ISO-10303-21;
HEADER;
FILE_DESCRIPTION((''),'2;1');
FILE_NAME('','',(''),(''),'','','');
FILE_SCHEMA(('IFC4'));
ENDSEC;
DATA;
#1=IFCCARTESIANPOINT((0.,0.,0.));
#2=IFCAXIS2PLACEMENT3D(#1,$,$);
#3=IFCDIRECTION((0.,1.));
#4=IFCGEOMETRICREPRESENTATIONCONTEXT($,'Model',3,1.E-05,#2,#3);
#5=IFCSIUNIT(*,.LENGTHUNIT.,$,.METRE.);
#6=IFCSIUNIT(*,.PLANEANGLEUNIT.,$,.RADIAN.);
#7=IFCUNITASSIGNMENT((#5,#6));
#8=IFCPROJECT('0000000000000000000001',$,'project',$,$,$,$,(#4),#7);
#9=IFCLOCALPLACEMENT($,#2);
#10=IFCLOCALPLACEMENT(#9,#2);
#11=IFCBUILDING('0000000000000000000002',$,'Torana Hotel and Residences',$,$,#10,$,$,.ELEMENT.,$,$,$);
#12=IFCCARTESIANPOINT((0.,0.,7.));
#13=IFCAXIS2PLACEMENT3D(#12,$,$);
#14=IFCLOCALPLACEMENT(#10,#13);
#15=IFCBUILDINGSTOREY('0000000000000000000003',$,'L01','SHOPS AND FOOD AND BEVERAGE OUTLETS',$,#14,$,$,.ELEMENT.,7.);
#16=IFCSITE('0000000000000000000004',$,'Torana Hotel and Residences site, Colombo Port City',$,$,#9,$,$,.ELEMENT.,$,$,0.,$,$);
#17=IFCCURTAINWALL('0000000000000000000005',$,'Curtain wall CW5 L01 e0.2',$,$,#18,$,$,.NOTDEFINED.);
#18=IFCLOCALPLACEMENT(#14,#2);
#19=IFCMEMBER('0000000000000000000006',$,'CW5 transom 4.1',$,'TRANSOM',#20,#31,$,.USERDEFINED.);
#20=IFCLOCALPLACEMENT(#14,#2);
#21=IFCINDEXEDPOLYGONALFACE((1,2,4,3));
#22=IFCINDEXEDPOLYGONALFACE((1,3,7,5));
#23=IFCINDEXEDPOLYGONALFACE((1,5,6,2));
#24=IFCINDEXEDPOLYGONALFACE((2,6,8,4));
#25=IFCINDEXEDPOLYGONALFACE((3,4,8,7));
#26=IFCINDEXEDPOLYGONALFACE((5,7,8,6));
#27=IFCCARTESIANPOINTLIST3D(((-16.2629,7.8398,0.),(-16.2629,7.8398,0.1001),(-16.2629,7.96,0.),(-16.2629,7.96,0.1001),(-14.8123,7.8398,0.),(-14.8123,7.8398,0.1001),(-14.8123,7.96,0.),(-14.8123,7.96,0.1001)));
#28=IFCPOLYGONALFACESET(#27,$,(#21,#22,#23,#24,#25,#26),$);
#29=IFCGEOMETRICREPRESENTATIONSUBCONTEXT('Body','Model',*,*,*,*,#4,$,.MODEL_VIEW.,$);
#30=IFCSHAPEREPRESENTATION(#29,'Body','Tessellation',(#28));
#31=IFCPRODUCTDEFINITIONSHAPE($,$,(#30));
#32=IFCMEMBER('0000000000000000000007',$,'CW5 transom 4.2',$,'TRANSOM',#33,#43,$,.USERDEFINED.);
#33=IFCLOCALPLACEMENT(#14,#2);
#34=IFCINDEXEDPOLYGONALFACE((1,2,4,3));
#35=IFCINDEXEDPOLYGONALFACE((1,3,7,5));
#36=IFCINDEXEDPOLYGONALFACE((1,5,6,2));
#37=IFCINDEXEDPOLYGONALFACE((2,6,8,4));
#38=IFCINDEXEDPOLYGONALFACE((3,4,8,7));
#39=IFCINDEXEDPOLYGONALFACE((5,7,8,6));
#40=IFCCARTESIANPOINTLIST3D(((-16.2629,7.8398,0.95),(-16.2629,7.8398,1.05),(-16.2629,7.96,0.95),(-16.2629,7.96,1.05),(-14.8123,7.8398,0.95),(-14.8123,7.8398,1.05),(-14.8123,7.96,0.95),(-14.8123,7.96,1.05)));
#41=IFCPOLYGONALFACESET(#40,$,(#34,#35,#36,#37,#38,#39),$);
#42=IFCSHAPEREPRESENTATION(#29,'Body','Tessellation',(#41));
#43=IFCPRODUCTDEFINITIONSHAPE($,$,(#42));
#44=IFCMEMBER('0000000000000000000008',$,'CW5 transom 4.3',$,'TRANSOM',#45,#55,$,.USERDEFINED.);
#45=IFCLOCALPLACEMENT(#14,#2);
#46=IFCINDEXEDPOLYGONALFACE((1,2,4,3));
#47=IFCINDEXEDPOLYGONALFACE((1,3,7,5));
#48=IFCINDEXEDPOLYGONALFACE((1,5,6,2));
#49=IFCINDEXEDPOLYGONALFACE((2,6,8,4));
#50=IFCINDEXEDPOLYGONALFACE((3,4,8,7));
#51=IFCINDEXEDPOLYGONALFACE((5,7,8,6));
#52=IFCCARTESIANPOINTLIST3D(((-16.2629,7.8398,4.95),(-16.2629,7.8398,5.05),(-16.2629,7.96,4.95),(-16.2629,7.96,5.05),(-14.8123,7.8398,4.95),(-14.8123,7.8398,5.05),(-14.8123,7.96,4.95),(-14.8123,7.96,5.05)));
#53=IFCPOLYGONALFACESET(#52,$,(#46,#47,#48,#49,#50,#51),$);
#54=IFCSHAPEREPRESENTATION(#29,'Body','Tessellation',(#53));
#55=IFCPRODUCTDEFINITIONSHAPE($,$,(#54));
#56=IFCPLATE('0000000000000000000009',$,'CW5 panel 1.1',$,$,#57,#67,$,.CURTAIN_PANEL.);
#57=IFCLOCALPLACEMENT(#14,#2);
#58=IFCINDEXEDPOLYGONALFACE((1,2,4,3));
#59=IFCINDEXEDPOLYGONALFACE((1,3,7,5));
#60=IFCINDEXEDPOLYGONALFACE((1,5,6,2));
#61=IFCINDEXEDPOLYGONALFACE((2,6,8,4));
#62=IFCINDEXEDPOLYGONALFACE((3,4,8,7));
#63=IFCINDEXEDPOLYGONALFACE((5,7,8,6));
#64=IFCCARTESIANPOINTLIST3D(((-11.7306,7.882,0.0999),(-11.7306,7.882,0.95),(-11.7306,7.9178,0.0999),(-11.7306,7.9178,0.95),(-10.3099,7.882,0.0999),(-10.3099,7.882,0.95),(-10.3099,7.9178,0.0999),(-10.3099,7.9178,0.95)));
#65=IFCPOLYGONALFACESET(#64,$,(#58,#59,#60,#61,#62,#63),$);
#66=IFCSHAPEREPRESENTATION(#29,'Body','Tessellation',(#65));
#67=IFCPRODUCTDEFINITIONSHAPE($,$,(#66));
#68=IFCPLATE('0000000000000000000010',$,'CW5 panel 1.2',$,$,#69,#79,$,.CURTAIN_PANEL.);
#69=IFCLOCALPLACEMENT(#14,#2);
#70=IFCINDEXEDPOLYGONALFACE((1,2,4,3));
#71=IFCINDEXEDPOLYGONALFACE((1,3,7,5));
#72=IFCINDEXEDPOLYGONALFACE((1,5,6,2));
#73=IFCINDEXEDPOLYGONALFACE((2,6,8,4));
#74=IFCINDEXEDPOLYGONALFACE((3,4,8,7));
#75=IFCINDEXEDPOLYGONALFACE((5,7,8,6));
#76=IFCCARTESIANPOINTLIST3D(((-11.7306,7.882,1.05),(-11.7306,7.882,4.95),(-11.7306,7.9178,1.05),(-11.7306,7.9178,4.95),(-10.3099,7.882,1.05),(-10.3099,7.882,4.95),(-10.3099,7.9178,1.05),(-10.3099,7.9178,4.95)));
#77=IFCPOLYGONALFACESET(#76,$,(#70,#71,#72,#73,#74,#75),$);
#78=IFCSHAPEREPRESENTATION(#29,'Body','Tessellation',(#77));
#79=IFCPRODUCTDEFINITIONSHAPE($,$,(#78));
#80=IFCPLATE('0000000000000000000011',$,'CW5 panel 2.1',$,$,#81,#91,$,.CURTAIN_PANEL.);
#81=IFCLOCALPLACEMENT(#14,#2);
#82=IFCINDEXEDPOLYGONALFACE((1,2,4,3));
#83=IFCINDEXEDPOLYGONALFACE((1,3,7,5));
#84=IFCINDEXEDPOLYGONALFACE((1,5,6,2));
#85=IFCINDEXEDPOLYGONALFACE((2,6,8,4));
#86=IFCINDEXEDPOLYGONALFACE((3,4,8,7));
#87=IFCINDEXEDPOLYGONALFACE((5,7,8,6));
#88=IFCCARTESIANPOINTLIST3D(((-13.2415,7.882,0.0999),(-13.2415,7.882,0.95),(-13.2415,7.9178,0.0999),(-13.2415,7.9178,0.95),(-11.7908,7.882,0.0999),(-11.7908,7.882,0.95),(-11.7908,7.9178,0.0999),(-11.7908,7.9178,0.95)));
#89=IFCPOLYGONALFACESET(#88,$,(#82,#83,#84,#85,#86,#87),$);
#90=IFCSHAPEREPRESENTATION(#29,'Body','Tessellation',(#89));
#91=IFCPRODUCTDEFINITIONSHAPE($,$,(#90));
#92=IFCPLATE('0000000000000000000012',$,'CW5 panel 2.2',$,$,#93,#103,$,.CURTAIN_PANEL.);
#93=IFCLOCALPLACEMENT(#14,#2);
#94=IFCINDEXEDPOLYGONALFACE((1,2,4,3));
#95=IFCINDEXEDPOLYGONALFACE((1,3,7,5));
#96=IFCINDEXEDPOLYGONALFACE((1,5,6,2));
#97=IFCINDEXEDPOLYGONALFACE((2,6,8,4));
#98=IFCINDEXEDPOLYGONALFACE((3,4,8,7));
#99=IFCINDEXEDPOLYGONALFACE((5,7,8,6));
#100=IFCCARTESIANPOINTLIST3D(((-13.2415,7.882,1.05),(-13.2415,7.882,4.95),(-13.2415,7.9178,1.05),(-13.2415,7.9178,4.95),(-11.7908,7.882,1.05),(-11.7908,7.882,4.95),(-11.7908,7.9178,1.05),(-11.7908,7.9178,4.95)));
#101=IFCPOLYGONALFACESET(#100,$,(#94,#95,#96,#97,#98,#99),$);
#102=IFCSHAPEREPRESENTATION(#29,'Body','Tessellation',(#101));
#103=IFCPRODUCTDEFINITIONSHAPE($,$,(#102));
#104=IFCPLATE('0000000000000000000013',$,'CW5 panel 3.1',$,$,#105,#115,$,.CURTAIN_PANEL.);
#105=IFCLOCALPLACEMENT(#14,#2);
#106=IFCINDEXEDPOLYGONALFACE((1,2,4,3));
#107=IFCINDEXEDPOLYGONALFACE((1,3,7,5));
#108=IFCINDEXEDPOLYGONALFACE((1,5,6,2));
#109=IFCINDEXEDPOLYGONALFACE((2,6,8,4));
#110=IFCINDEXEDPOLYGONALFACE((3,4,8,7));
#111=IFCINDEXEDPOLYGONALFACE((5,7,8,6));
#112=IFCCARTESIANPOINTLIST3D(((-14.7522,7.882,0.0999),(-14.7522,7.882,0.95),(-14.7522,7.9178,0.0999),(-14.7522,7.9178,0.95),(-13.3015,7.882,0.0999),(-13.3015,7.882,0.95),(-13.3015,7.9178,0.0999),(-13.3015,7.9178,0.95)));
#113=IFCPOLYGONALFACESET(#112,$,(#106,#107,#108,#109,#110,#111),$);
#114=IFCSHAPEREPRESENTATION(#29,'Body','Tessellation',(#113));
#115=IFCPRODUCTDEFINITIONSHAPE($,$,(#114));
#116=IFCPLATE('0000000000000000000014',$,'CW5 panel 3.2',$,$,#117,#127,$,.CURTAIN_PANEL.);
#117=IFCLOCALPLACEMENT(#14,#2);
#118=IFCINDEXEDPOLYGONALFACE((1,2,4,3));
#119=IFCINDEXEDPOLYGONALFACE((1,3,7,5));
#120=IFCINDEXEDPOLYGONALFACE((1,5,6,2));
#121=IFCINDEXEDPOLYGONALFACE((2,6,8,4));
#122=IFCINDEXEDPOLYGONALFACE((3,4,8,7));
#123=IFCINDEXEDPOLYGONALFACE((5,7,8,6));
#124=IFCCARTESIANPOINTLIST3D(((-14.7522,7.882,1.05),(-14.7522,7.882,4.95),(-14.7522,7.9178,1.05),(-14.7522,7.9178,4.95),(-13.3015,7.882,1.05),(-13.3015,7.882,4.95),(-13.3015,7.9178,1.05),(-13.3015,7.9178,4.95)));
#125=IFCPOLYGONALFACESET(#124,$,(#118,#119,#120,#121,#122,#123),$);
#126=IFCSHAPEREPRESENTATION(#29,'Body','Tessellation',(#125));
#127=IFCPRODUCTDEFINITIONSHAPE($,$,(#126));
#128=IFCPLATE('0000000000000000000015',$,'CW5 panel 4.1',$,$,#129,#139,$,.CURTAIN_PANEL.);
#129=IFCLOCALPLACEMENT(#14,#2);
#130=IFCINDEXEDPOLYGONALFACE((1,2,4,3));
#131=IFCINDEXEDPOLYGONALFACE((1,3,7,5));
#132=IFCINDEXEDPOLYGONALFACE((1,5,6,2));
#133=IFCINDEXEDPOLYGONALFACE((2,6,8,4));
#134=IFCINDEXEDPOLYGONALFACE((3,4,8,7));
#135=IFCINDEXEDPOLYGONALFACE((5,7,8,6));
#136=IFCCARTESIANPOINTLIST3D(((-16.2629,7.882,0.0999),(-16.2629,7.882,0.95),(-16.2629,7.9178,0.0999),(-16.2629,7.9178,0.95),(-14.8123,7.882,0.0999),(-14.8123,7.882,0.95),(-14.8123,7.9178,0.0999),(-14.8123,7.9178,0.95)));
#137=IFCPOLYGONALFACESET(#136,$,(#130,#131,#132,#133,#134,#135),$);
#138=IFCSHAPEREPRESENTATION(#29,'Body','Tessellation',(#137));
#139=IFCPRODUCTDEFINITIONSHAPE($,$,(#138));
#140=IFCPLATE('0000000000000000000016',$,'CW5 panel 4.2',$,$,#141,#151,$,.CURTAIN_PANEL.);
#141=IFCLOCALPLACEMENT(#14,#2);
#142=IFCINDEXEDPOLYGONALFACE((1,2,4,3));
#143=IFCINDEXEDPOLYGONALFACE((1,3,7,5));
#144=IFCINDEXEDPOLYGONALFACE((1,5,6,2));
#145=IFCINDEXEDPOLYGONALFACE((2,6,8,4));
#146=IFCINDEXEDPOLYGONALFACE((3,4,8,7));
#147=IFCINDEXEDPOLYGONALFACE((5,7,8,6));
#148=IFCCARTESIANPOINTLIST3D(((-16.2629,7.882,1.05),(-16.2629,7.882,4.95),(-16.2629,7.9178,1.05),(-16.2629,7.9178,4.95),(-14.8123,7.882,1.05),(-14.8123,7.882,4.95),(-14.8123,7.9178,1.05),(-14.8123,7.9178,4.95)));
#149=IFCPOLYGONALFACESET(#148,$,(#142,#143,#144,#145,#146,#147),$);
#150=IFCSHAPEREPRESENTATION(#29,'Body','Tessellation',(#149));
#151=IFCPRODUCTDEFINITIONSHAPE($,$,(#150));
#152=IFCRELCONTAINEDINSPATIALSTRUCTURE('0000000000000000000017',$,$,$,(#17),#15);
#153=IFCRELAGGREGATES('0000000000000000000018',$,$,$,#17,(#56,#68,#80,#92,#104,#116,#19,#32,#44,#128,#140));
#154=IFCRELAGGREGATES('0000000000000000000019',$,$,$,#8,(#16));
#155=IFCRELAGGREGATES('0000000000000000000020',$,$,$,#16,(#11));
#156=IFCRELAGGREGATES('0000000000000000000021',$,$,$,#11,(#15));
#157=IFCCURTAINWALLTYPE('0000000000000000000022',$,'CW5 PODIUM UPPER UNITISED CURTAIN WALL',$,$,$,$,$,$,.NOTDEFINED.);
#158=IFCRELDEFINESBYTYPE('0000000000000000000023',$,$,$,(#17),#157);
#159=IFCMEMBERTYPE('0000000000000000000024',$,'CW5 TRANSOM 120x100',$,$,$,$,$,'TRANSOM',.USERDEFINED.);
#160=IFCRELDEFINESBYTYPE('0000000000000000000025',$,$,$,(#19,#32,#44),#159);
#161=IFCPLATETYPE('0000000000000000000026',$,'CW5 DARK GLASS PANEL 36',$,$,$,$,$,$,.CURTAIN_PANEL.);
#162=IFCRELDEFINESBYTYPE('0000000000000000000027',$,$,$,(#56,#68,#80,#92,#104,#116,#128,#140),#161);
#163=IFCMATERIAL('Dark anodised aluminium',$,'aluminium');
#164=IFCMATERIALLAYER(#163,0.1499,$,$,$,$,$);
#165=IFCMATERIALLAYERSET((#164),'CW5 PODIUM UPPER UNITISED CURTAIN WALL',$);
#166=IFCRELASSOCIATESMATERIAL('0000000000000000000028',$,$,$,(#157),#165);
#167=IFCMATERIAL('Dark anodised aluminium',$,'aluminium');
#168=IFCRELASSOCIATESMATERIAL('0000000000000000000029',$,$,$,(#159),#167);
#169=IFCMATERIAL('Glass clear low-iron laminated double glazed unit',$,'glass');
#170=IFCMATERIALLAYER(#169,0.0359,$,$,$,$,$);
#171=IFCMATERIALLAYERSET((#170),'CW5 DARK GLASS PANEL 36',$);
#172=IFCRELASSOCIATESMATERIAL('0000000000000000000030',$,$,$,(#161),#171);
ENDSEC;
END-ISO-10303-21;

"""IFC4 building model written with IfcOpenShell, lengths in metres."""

from ifc_helpers import new_model, si_unit, direction, frame, origin, origin_2d, place, context, subcontext, project, spatial, rectangle, extrude, material, layer, layer_set, material_profile, profile_set, type_object, element, aggregate, save


model = new_model("IFC4")

# Units and contexts
model_context = context("Model", 3, precision=1e-05, world=origin(), true_north=direction((0.0, 1.0)))
body_context = subcontext(model_context, "Body", "Model", "MODEL_VIEW")
ifc_project = project(units=[si_unit("LENGTHUNIT", "METRE"), si_unit("PLANEANGLEUNIT", "RADIAN")], contexts=[model_context])

# Site, building, storey
site_placement = place(None, origin())
site = spatial("IfcSite", under=ifc_project, at=site_placement, Name="Torana Hotel and Residences site, Colombo Port City", CompositionType="ELEMENT", RefElevation=0.0)
building_placement = place(site_placement, origin())
building = spatial("IfcBuilding", under=site, at=building_placement, Name="Torana Hotel and Residences", CompositionType="ELEMENT")
storey_placement = place(building_placement, frame((0.0, 0.0, 7.0)))
storey = spatial("IfcBuildingStorey", under=building, at=storey_placement, Name="L01", Description="SHOPS AND FOOD AND BEVERAGE OUTLETS", CompositionType="ELEMENT", Elevation=7.0)

# Curtain wall, members, plates
ifc_material_1 = material(Name="Dark anodised aluminium", Category="aluminium")
ifc_layer_1 = layer(ifc_material_1, 0.1499)
ifc_layer_set_1 = layer_set([ifc_layer_1], Name="CW5 PODIUM UPPER UNITISED CURTAIN WALL")
curtain_wall_type = type_object("IfcCurtainWallType", Name="CW5 PODIUM UPPER UNITISED CURTAIN WALL", PredefinedType="NOTDEFINED", material=ifc_layer_set_1)
curtain_wall_placement = place(storey_placement, origin())
curtain_wall = element("IfcCurtainWall", 1, at=curtain_wall_placement, inside=storey, type_object=curtain_wall_type, Name="Curtain wall CW5 L01 e0.2", PredefinedType="NOTDEFINED")
ifc_material_2 = material(Name="Dark anodised aluminium", Category="aluminium")
ifc_material_profile_1 = material_profile(ifc_material_2, rectangle(XDim=0.1201, YDim=0.1001, at=origin_2d()), Name="CW5 TRANSOM 120x100")
ifc_profile_set_1 = profile_set([ifc_material_profile_1], Name="Dark anodised aluminium")
member_type_1 = type_object("IfcMemberType", Name="CW5 TRANSOM 120x100", ElementType="TRANSOM", PredefinedType="USERDEFINED", material=ifc_profile_set_1)
member_1_placement = place(storey_placement, frame((-14.8123, 7.8999, 0.05), z_axis=(-1.0, 0.0, 0.0), x_axis=(0.0, -1.0, 0.0)))
member_1 = element("IfcMember", 2, at=member_1_placement, type_object=member_type_1, Name="CW5 transom 4.1", ObjectType="TRANSOM", PredefinedType="USERDEFINED", context=body_context, shape_type="SweptSolid", body=[
    extrude(rectangle(XDim=0.1201, YDim=0.1001, at=origin_2d()), origin(), (0.0, 0.0, 1.0), 1.4507),
])
member_2_placement = place(storey_placement, frame((-14.8123, 7.8999, 1.0), z_axis=(-1.0, 0.0, 0.0), x_axis=(0.0, -1.0, 0.0)))
member_2 = element("IfcMember", 3, at=member_2_placement, type_object=member_type_1, Name="CW5 transom 4.2", ObjectType="TRANSOM", PredefinedType="USERDEFINED", context=body_context, shape_type="SweptSolid", body=[
    extrude(rectangle(XDim=0.1201, YDim=0.1001, at=origin_2d()), origin(), (0.0, 0.0, 1.0), 1.4507),
])
member_3_placement = place(storey_placement, frame((-14.8123, 7.8999, 5.0), z_axis=(-1.0, 0.0, 0.0), x_axis=(0.0, -1.0, 0.0)))
member_3 = element("IfcMember", 4, at=member_3_placement, type_object=member_type_1, Name="CW5 transom 4.3", ObjectType="TRANSOM", PredefinedType="USERDEFINED", context=body_context, shape_type="SweptSolid", body=[
    extrude(rectangle(XDim=0.1201, YDim=0.1001, at=origin_2d()), origin(), (0.0, 0.0, 1.0), 1.4507),
])
ifc_material_3 = material(Name="Glass clear low-iron laminated double glazed unit", Category="glass")
ifc_layer_2 = layer(ifc_material_3, 0.0359)
ifc_layer_set_2 = layer_set([ifc_layer_2], Name="CW5 DARK GLASS PANEL 36")
plate_type = type_object("IfcPlateType", Name="CW5 DARK GLASS PANEL 36", PredefinedType="CURTAIN_PANEL", material=ifc_layer_set_2)
plate_1_placement = place(storey_placement, frame((-11.0203, 7.8999, 0.0999), z_axis=(0.0, 0.0, 1.0), x_axis=(-1.0, 0.0, 0.0)))
plate_1 = element("IfcPlate", 5, at=plate_1_placement, type_object=plate_type, Name="CW5 panel 1.1", PredefinedType="CURTAIN_PANEL", context=body_context, shape_type="SweptSolid", body=[
    extrude(rectangle(XDim=1.4207, YDim=0.0359, at=origin_2d()), origin(), (0.0, 0.0, 1.0), 0.8501),
])
plate_2_placement = place(storey_placement, frame((-11.0203, 7.8999, 1.05), z_axis=(0.0, 0.0, 1.0), x_axis=(-1.0, 0.0, 0.0)))
plate_2 = element("IfcPlate", 6, at=plate_2_placement, type_object=plate_type, Name="CW5 panel 1.2", PredefinedType="CURTAIN_PANEL", context=body_context, shape_type="SweptSolid", body=[
    extrude(rectangle(XDim=1.4207, YDim=0.0359, at=origin_2d()), origin(), (0.0, 0.0, 1.0), 3.8999),
])
plate_3_placement = place(storey_placement, frame((-12.5161, 7.8999, 0.0999), z_axis=(0.0, 0.0, 1.0), x_axis=(-1.0, 0.0, 0.0)))
plate_3 = element("IfcPlate", 7, at=plate_3_placement, type_object=plate_type, Name="CW5 panel 2.1", PredefinedType="CURTAIN_PANEL", context=body_context, shape_type="SweptSolid", body=[
    extrude(rectangle(XDim=1.4507, YDim=0.0359, at=origin_2d()), origin(), (0.0, 0.0, 1.0), 0.8501),
])
plate_4_placement = place(storey_placement, frame((-12.5161, 7.8999, 1.05), z_axis=(0.0, 0.0, 1.0), x_axis=(-1.0, 0.0, 0.0)))
plate_4 = element("IfcPlate", 8, at=plate_4_placement, type_object=plate_type, Name="CW5 panel 2.2", PredefinedType="CURTAIN_PANEL", context=body_context, shape_type="SweptSolid", body=[
    extrude(rectangle(XDim=1.4507, YDim=0.0359, at=origin_2d()), origin(), (0.0, 0.0, 1.0), 3.8999),
])
plate_5_placement = place(storey_placement, frame((-14.0269, 7.8999, 0.0999), z_axis=(0.0, 0.0, 1.0), x_axis=(-1.0, 0.0, 0.0)))
plate_5 = element("IfcPlate", 9, at=plate_5_placement, type_object=plate_type, Name="CW5 panel 3.1", PredefinedType="CURTAIN_PANEL", context=body_context, shape_type="SweptSolid", body=[
    extrude(rectangle(XDim=1.4507, YDim=0.0359, at=origin_2d()), origin(), (0.0, 0.0, 1.0), 0.8501),
])
plate_6_placement = place(storey_placement, frame((-14.0269, 7.8999, 1.05), z_axis=(0.0, 0.0, 1.0), x_axis=(-1.0, 0.0, 0.0)))
plate_6 = element("IfcPlate", 10, at=plate_6_placement, type_object=plate_type, Name="CW5 panel 3.2", PredefinedType="CURTAIN_PANEL", context=body_context, shape_type="SweptSolid", body=[
    extrude(rectangle(XDim=1.4507, YDim=0.0359, at=origin_2d()), origin(), (0.0, 0.0, 1.0), 3.8999),
])
plate_7_placement = place(storey_placement, frame((-15.5376, 7.8999, 0.0999), z_axis=(0.0, 0.0, 1.0), x_axis=(-1.0, 0.0, 0.0)))
plate_7 = element("IfcPlate", 11, at=plate_7_placement, type_object=plate_type, Name="CW5 panel 4.1", PredefinedType="CURTAIN_PANEL", context=body_context, shape_type="SweptSolid", body=[
    extrude(rectangle(XDim=1.4507, YDim=0.0359, at=origin_2d()), origin(), (0.0, 0.0, 1.0), 0.8501),
])
plate_8_placement = place(storey_placement, frame((-15.5376, 7.8999, 1.05), z_axis=(0.0, 0.0, 1.0), x_axis=(-1.0, 0.0, 0.0)))
plate_8 = element("IfcPlate", 12, at=plate_8_placement, type_object=plate_type, Name="CW5 panel 4.2", PredefinedType="CURTAIN_PANEL", context=body_context, shape_type="SweptSolid", body=[
    extrude(rectangle(XDim=1.4507, YDim=0.0359, at=origin_2d()), origin(), (0.0, 0.0, 1.0), 3.8999),
])
aggregate(curtain_wall, [plate_1, plate_2, plate_3, plate_4, plate_5, plate_6, member_1, member_2, member_3, plate_7, plate_8])

save(model, "model.ifc")
